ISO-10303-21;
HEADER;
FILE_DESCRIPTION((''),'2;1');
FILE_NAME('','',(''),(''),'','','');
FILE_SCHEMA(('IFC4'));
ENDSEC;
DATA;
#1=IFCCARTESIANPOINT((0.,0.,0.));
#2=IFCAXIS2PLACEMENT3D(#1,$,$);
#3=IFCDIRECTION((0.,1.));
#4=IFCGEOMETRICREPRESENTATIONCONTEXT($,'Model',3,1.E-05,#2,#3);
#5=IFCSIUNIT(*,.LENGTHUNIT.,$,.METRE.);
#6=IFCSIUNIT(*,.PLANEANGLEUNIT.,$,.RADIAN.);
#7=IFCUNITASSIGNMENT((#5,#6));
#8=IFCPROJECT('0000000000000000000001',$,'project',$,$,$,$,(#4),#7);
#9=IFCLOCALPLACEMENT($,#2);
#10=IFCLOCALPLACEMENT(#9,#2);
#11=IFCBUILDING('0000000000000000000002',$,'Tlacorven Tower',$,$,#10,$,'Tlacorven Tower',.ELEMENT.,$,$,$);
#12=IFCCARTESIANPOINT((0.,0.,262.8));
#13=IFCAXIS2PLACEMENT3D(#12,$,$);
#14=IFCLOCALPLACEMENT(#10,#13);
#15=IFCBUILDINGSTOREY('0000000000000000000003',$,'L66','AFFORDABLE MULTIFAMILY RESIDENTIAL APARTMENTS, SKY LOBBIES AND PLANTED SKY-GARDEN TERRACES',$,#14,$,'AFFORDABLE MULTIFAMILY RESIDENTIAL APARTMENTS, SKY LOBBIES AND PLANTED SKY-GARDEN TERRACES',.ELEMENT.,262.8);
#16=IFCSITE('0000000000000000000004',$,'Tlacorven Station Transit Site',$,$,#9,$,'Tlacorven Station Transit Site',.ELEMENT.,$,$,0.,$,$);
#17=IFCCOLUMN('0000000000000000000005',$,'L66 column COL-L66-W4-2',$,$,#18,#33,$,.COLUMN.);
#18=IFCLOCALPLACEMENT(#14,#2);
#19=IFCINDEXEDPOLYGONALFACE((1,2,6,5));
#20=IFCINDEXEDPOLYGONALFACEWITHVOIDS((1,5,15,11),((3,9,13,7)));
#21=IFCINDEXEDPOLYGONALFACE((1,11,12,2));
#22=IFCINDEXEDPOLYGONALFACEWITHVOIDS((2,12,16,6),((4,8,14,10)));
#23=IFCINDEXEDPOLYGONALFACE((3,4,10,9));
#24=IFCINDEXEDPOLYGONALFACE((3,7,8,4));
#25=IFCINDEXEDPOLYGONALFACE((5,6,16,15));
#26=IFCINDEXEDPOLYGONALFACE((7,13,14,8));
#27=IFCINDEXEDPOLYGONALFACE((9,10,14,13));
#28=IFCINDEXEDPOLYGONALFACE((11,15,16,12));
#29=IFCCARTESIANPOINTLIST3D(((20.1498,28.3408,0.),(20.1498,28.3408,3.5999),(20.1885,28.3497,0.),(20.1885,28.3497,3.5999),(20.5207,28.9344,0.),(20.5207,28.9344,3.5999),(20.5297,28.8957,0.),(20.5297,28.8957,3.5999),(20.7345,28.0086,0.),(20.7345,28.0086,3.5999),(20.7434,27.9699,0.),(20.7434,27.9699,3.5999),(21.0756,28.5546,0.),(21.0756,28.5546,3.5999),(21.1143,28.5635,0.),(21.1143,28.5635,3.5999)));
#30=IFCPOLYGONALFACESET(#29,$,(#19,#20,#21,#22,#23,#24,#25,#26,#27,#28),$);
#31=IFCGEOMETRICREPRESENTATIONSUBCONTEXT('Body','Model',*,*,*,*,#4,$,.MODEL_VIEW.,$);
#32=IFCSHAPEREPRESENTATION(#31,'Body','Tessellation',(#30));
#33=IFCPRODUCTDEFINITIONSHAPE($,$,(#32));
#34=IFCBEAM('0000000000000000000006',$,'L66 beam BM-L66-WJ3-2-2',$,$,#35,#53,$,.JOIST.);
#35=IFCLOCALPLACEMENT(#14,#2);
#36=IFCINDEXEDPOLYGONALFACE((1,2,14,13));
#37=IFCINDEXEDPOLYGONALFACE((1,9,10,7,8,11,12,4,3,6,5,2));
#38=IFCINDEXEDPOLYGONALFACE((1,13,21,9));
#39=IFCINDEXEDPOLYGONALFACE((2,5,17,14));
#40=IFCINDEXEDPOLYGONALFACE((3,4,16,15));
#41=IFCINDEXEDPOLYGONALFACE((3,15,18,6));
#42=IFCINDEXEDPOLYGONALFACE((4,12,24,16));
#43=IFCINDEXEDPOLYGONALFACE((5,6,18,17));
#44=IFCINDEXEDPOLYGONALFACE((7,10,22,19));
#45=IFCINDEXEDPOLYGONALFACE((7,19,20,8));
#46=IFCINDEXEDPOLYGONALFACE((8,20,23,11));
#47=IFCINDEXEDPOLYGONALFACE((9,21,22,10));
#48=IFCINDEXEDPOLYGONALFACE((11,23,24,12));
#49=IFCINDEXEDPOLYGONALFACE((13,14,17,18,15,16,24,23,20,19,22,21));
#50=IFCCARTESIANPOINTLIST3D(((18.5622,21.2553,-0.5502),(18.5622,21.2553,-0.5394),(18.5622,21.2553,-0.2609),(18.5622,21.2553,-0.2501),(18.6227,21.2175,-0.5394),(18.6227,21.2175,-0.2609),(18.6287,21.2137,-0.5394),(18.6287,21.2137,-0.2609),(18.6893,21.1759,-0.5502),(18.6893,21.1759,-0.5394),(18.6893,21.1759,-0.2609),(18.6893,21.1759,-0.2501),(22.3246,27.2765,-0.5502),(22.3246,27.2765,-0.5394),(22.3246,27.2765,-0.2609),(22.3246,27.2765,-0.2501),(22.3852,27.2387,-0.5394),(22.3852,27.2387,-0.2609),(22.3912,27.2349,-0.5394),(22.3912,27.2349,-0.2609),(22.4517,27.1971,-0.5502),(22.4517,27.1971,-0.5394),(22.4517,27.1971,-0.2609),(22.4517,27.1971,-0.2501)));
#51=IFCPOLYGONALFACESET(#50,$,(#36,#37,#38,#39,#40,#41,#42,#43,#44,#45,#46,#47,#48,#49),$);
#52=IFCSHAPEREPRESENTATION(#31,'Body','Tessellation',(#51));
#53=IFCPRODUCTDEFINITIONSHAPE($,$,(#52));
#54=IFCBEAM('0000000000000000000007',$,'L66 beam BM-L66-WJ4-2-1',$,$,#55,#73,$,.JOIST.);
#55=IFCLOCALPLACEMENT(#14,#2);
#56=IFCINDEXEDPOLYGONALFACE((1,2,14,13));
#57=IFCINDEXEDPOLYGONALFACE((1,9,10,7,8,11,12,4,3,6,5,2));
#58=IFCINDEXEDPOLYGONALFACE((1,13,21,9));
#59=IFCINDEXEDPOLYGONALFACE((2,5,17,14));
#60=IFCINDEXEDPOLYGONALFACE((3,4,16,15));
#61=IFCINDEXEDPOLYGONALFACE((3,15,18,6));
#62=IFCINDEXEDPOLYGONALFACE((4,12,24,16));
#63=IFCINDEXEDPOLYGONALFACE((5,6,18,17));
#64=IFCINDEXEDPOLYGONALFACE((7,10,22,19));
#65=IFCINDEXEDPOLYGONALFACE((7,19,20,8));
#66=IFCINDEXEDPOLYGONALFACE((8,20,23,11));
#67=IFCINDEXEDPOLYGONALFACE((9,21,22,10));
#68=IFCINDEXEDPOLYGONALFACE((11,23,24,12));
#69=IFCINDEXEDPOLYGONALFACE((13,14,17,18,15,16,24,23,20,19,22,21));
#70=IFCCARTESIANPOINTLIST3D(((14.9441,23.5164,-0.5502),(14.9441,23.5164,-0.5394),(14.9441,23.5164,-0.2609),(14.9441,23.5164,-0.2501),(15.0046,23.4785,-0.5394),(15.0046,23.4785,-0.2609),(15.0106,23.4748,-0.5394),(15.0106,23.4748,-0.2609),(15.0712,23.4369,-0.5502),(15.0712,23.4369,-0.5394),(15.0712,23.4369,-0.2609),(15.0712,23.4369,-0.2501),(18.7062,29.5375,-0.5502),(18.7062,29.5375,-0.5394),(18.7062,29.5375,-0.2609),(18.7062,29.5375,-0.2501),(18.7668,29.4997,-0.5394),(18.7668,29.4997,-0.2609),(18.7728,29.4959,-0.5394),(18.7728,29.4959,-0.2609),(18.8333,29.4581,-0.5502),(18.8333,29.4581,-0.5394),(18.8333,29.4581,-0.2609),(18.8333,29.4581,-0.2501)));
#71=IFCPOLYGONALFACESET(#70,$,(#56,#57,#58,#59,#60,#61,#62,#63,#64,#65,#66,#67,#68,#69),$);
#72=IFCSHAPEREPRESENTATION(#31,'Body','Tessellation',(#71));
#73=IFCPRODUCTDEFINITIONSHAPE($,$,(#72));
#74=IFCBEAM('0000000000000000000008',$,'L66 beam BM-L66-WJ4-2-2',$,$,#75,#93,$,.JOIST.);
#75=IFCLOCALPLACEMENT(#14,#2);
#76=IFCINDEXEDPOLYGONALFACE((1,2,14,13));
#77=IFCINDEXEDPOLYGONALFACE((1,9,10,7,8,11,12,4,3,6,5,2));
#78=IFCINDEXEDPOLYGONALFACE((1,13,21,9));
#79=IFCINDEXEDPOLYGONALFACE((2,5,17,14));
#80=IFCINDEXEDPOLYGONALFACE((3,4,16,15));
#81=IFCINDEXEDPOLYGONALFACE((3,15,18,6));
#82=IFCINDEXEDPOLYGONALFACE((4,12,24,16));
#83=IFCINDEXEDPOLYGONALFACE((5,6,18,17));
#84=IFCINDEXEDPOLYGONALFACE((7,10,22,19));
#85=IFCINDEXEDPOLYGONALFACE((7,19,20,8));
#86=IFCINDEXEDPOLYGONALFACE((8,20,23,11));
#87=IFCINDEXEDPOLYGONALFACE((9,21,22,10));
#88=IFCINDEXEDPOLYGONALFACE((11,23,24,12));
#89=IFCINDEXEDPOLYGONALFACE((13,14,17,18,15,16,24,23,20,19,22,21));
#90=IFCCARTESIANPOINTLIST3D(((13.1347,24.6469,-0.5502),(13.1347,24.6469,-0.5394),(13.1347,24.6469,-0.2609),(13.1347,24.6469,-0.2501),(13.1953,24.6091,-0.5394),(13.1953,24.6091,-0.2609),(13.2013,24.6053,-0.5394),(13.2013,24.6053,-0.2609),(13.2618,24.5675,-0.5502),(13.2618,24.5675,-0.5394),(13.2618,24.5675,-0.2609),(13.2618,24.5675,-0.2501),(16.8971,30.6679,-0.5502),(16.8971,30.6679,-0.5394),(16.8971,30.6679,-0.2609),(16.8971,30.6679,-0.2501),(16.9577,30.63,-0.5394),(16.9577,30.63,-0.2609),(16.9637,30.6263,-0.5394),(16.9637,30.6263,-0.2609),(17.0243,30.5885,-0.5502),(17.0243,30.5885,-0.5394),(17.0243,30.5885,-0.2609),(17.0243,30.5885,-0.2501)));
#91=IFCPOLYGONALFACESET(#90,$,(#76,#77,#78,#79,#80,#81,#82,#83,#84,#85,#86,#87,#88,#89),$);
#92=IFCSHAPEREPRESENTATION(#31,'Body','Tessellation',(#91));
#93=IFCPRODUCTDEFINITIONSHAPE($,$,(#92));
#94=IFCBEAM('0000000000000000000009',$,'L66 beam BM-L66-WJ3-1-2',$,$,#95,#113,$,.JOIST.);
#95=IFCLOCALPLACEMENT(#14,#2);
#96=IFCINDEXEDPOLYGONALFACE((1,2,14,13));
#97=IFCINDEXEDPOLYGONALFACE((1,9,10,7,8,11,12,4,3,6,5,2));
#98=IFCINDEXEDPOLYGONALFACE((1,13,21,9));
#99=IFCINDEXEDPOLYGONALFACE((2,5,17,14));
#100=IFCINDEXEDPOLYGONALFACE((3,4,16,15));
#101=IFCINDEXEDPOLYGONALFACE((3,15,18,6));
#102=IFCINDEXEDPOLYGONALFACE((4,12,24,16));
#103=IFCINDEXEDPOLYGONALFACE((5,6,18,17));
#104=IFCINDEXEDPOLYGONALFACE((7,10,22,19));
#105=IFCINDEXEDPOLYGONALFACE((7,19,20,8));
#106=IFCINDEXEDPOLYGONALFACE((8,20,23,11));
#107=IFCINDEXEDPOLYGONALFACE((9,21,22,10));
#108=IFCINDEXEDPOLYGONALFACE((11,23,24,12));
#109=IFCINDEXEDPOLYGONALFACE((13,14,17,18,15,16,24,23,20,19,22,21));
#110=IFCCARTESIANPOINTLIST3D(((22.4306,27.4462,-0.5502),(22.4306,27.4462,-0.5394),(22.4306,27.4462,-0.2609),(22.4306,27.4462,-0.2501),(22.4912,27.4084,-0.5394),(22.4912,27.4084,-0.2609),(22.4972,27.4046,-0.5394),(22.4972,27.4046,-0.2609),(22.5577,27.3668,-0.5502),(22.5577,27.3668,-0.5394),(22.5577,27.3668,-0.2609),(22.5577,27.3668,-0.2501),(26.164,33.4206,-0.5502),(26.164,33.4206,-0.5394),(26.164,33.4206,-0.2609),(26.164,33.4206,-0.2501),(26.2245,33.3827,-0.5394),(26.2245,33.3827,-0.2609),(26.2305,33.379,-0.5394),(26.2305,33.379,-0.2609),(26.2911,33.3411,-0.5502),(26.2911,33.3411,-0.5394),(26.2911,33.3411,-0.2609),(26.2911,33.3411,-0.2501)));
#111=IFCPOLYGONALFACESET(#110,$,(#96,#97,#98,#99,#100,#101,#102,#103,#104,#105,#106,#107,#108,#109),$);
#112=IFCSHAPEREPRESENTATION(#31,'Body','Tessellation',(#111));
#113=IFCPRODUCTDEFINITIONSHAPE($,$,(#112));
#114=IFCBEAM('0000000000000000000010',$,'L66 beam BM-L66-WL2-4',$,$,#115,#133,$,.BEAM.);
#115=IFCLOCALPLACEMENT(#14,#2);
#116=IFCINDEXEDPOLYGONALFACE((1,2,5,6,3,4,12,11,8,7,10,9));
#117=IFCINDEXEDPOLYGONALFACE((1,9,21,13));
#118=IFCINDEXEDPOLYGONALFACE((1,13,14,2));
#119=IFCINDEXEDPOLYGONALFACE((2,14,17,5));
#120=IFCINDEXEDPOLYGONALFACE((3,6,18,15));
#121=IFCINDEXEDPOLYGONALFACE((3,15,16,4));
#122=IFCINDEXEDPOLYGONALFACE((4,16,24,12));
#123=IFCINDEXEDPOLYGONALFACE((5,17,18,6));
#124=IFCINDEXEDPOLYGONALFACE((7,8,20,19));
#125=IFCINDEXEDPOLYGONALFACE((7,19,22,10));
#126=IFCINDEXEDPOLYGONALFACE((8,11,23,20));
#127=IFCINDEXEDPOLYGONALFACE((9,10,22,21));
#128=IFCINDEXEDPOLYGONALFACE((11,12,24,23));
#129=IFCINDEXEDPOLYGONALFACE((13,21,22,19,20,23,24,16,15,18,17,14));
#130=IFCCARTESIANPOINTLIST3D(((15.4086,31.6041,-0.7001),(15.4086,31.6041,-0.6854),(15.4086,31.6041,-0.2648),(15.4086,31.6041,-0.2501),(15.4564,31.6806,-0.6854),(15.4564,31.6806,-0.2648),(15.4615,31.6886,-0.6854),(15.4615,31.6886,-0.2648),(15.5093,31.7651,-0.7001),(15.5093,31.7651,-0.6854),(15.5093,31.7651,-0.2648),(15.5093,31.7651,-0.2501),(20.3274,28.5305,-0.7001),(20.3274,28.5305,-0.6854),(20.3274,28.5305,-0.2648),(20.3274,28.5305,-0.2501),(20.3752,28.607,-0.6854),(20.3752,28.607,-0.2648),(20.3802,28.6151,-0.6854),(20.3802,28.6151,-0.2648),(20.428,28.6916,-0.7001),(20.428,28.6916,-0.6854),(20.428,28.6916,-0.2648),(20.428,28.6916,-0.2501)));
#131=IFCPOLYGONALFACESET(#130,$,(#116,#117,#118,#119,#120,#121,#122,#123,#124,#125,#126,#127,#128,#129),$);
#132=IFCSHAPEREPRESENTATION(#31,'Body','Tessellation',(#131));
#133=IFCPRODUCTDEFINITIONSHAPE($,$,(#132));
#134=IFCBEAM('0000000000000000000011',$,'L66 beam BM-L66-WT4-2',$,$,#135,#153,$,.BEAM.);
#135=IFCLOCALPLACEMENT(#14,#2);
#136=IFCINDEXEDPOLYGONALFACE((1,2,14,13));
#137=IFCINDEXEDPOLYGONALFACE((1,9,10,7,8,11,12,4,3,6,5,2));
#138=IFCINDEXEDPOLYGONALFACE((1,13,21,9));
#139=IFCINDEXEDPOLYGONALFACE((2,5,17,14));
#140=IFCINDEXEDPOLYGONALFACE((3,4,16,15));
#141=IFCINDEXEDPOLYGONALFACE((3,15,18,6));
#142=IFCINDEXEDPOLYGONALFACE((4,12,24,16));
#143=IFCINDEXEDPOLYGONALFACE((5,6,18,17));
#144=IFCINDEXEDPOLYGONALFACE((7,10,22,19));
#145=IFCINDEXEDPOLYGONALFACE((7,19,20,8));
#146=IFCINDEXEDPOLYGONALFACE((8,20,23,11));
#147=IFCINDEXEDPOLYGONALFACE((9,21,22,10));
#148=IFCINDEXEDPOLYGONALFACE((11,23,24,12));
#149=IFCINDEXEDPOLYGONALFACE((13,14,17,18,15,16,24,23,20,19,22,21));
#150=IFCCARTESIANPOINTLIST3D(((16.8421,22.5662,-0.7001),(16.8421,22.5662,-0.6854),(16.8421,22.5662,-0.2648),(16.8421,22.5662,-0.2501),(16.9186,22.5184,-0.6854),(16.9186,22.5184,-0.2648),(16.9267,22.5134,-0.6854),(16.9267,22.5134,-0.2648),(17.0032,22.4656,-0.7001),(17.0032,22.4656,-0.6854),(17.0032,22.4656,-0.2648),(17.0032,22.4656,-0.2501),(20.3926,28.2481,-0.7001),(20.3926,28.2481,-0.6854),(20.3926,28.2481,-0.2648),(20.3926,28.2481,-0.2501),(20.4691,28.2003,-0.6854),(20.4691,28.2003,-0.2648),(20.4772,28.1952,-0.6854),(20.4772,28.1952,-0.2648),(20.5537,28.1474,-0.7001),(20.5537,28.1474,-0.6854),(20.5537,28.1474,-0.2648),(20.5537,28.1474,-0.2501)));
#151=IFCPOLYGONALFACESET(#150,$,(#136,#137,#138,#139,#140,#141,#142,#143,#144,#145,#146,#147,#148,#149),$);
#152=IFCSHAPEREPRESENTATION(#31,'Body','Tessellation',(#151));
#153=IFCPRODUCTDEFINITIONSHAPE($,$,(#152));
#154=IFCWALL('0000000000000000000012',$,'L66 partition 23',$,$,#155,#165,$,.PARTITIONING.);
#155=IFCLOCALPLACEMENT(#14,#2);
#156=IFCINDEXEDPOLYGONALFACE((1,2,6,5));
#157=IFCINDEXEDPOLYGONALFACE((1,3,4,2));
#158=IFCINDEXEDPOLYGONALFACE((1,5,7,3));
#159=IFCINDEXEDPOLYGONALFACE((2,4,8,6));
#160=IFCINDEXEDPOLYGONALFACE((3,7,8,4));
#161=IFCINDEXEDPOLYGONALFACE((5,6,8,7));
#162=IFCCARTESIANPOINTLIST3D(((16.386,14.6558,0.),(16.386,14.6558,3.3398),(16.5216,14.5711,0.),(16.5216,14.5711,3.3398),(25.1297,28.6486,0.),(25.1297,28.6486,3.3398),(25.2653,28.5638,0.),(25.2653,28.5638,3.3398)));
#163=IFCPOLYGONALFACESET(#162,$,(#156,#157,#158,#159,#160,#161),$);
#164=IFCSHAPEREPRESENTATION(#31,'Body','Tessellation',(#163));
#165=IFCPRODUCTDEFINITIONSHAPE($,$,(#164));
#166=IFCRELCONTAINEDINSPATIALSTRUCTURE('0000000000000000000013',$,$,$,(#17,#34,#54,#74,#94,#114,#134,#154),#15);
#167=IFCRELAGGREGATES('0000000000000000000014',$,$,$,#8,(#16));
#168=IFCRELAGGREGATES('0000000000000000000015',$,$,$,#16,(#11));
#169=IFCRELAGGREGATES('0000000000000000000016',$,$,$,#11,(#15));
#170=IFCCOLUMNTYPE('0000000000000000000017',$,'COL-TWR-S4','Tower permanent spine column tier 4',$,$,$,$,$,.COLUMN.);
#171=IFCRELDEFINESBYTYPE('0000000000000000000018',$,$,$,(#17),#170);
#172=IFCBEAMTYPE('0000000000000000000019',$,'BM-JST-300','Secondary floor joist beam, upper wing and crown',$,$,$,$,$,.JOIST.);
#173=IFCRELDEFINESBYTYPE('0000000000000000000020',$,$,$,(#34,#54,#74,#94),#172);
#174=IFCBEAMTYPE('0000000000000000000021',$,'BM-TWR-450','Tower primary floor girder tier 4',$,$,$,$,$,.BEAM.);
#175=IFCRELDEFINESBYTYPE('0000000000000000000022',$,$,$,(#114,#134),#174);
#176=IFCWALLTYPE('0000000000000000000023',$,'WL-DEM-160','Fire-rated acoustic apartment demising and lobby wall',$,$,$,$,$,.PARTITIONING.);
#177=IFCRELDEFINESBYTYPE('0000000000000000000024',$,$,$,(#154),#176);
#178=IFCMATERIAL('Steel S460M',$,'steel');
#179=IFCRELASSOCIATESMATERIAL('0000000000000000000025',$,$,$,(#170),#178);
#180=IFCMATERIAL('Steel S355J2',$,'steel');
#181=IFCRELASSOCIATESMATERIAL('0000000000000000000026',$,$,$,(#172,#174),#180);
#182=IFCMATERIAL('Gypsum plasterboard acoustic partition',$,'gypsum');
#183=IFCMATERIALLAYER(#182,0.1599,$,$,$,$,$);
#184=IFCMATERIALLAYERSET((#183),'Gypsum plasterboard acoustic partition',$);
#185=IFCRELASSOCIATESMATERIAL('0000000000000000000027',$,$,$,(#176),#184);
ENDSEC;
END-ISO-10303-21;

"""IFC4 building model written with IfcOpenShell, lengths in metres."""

from ifc_helpers import new_model, si_unit, direction, frame, frame_2d, origin, origin_2d, place, context, subcontext, project, spatial, rectangle, hollow_rectangle, i_section, extrude, source, transform, mapped, material, layer, layer_set, material_profile, profile_set, type_object, element, save


model = new_model("IFC4")

# Units and contexts
model_context = context("Model", 3, precision=1e-05, world=origin(), true_north=direction((0.0, 1.0)))
body_context = subcontext(model_context, "Body", "Model", "MODEL_VIEW")
ifc_project = project(units=[si_unit("LENGTHUNIT", "METRE"), si_unit("PLANEANGLEUNIT", "RADIAN")], contexts=[model_context])

# Site, building, storey
site_placement = place(None, origin())
site = spatial("IfcSite", under=ifc_project, at=site_placement, Name="Tlacorven Station Transit Site", LongName="Tlacorven Station Transit Site", CompositionType="ELEMENT", RefElevation=0.0)
building_placement = place(site_placement, origin())
building = spatial("IfcBuilding", under=site, at=building_placement, Name="Tlacorven Tower", LongName="Tlacorven Tower", CompositionType="ELEMENT")
storey_placement = place(building_placement, frame((0.0, 0.0, 262.8)))
storey = spatial("IfcBuildingStorey", under=building, at=storey_placement, Name="L66", Description="AFFORDABLE MULTIFAMILY RESIDENTIAL APARTMENTS, SKY LOBBIES AND PLANTED SKY-GARDEN TERRACES", LongName="AFFORDABLE MULTIFAMILY RESIDENTIAL APARTMENTS, SKY LOBBIES AND PLANTED SKY-GARDEN TERRACES", CompositionType="ELEMENT", Elevation=262.8)

# Column
ifc_material_1 = material(Name="Steel S460M", Category="steel")
ifc_material_profile_1 = material_profile(ifc_material_1, hollow_rectangle(XDim=0.7, YDim=0.7, WallThickness=0.0281, at=origin_2d()), Name="BOX 700X700X28")
ifc_profile_set_1 = profile_set([ifc_material_profile_1], Name="Steel S460M")
column_type = type_object("IfcColumnType", Name="COL-TWR-S4", Description="Tower permanent spine column tier 4", PredefinedType="COLUMN", material=ifc_profile_set_1)
shared_shape_1 = source(origin(), body_context, "Body", "SweptSolid", [
    extrude(hollow_rectangle(XDim=0.7, YDim=0.7, WallThickness=0.0281, at=origin_2d()), origin(), (0.0, 0.0, 1.0), 3.5999),
])
column_placement = place(storey_placement, frame((20.6321, 28.4521, 0.0), z_axis=(0.0, 0.0, 1.0), x_axis=(-0.848048, 0.529919, 0.0)))
element("IfcColumn", 1, at=column_placement, inside=storey, type_object=column_type, Name="L66 column COL-L66-W4-2", PredefinedType="COLUMN", context=body_context, shape_type="MappedRepresentation", body=[
    mapped(shared_shape_1, transform((0.0, 0.0, 0.0), scale=1.0)),
])

# Beams
ifc_material_2 = material(Name="Steel S355J2", Category="steel")
ifc_material_profile_2 = material_profile(ifc_material_2, i_section(OverallWidth=0.1499, OverallDepth=0.3, WebThickness=0.0071, FlangeThickness=0.0107, at=origin_2d()), Name="IPE 300")
ifc_profile_set_2 = profile_set([ifc_material_profile_2], Name="Steel S355J2")
beam_type_1 = type_object("IfcBeamType", Name="BM-JST-300", Description="Secondary floor joist beam, upper wing and crown", PredefinedType="JOIST", material=ifc_profile_set_2)
shared_shape_2 = source(origin(), body_context, "Body", "SweptSolid", [
    extrude(i_section(OverallWidth=0.1499, OverallDepth=0.3, WebThickness=0.0071, FlangeThickness=0.0107, at=origin_2d()), origin(), (0.0, 0.0, 1.0), 7.1001),
])
beam_1_placement = place(storey_placement, frame((22.3882, 27.2368, -0.4001), z_axis=(-0.529915, -0.84805, 0.0), x_axis=(0.84805, -0.529915, 0.0)))
element("IfcBeam", 2, at=beam_1_placement, inside=storey, type_object=beam_type_1, Name="L66 beam BM-L66-WJ3-2-2", PredefinedType="JOIST", context=body_context, shape_type="MappedRepresentation", body=[
    mapped(shared_shape_2, transform((0.0, 0.0, 0.0), scale=1.0)),
])
shared_shape_3 = source(origin(), body_context, "Body", "SweptSolid", [
    extrude(i_section(OverallWidth=0.1499, OverallDepth=0.3, WebThickness=0.0071, FlangeThickness=0.0107, at=origin_2d()), origin(), (0.0, 0.0, 1.0), 7.0999),
])
for number, where, z_axis, x_axis, name in (
    (3, (18.7698, 29.4978, -0.4001), (-0.529891, -0.848066, 0.0), (0.848066, -0.529891, 0.0), "L66 beam BM-L66-WJ4-2-1"),
    (4, (16.9607, 30.6282, -0.4001), (-0.529931, -0.848041, 0.0), (0.848041, -0.529931, 0.0), "L66 beam BM-L66-WJ4-2-2"),
):
    element("IfcBeam", number, at=place(storey_placement, frame(where, z_axis=z_axis, x_axis=x_axis)), inside=storey, type_object=beam_type_1, Name=name, PredefinedType="JOIST", context=body_context, shape_type="MappedRepresentation", body=[
        mapped(shared_shape_3, transform((0.0, 0.0, 0.0), scale=1.0)),
    ])
shared_shape_4 = source(origin(), body_context, "Body", "SweptSolid", [
    extrude(i_section(OverallWidth=0.1499, OverallDepth=0.3, WebThickness=0.0071, FlangeThickness=0.0107, at=origin_2d()), origin(), (0.0, 0.0, 1.0), 7.0449),
])
beam_2_placement = place(storey_placement, frame((26.2275, 33.3809, -0.4001), z_axis=(-0.52994, -0.848035, 0.0), x_axis=(0.848035, -0.52994, 0.0)))
element("IfcBeam", 5, at=beam_2_placement, inside=storey, type_object=beam_type_1, Name="L66 beam BM-L66-WJ3-1-2", PredefinedType="JOIST", context=body_context, shape_type="MappedRepresentation", body=[
    mapped(shared_shape_4, transform((0.0, 0.0, 0.0), scale=1.0)),
])
ifc_material_profile_3 = material_profile(ifc_material_2, i_section(OverallWidth=0.1899, OverallDepth=0.45, WebThickness=0.0095, FlangeThickness=0.0146, at=origin_2d()), Name="IPE 450")
ifc_profile_set_3 = profile_set([ifc_material_profile_3], Name="Steel S355J2")
beam_type_2 = type_object("IfcBeamType", Name="BM-TWR-450", Description="Tower primary floor girder tier 4", PredefinedType="BEAM", material=ifc_profile_set_3)
shared_shape_5 = source(origin(), body_context, "Body", "SweptSolid", [
    extrude(i_section(OverallWidth=0.1899, OverallDepth=0.45, WebThickness=0.0095, FlangeThickness=0.0146, at=origin_2d()), origin(), (0.0, 0.0, 1.0), 5.8),
])
beam_3_placement = place(storey_placement, frame((20.3777, 28.6111, -0.4751), z_axis=(-0.848053, 0.529912, 0.0), x_axis=(-0.529912, -0.848053, 0.0)))
element("IfcBeam", 6, at=beam_3_placement, inside=storey, type_object=beam_type_2, Name="L66 beam BM-L66-WL2-4", PredefinedType="BEAM", context=body_context, shape_type="MappedRepresentation", body=[
    mapped(shared_shape_5, transform((0.0, 0.0, 0.0), scale=1.0)),
])
shared_shape_6 = source(origin(), body_context, "Body", "SweptSolid", [
    extrude(i_section(OverallWidth=0.1899, OverallDepth=0.45, WebThickness=0.0095, FlangeThickness=0.0146, at=origin_2d()), origin(), (0.0, 0.0, 1.0), 6.7),
])
beam_4_placement = place(storey_placement, frame((20.4731, 28.1978, -0.4751), z_axis=(-0.52993, -0.848041, 0.0), x_axis=(0.848041, -0.52993, 0.0)))
element("IfcBeam", 7, at=beam_4_placement, inside=storey, type_object=beam_type_2, Name="L66 beam BM-L66-WT4-2", PredefinedType="BEAM", context=body_context, shape_type="MappedRepresentation", body=[
    mapped(shared_shape_6, transform((0.0, 0.0, 0.0), scale=1.0)),
])

# Wall
ifc_material_3 = material(Name="Gypsum plasterboard acoustic partition", Category="gypsum")
ifc_layer_1 = layer(ifc_material_3, 0.1599)
ifc_layer_set_1 = layer_set([ifc_layer_1], Name="Gypsum plasterboard acoustic partition")
wall_type_1 = type_object("IfcWallType", Name="WL-DEM-160", Description="Fire-rated acoustic apartment demising and lobby wall", PredefinedType="PARTITIONING", material=ifc_layer_set_1)
wall_1_placement = place(storey_placement, frame((25.1975, 28.6062, 0.0), z_axis=(0.0, 0.0, 1.0), x_axis=(-0.529922, -0.848047, 0.0)))
element("IfcWall", 8, at=wall_1_placement, inside=storey, type_object=wall_type_1, Name="L66 partition 23", PredefinedType="PARTITIONING", context=body_context, shape_type="SweptSolid", body=[
    extrude(rectangle(XDim=16.5, YDim=0.1599, at=frame_2d((8.25, 0.0))), origin(), (0.0, 0.0, 1.0), 3.3398),
])

save(model, "model.ifc")
